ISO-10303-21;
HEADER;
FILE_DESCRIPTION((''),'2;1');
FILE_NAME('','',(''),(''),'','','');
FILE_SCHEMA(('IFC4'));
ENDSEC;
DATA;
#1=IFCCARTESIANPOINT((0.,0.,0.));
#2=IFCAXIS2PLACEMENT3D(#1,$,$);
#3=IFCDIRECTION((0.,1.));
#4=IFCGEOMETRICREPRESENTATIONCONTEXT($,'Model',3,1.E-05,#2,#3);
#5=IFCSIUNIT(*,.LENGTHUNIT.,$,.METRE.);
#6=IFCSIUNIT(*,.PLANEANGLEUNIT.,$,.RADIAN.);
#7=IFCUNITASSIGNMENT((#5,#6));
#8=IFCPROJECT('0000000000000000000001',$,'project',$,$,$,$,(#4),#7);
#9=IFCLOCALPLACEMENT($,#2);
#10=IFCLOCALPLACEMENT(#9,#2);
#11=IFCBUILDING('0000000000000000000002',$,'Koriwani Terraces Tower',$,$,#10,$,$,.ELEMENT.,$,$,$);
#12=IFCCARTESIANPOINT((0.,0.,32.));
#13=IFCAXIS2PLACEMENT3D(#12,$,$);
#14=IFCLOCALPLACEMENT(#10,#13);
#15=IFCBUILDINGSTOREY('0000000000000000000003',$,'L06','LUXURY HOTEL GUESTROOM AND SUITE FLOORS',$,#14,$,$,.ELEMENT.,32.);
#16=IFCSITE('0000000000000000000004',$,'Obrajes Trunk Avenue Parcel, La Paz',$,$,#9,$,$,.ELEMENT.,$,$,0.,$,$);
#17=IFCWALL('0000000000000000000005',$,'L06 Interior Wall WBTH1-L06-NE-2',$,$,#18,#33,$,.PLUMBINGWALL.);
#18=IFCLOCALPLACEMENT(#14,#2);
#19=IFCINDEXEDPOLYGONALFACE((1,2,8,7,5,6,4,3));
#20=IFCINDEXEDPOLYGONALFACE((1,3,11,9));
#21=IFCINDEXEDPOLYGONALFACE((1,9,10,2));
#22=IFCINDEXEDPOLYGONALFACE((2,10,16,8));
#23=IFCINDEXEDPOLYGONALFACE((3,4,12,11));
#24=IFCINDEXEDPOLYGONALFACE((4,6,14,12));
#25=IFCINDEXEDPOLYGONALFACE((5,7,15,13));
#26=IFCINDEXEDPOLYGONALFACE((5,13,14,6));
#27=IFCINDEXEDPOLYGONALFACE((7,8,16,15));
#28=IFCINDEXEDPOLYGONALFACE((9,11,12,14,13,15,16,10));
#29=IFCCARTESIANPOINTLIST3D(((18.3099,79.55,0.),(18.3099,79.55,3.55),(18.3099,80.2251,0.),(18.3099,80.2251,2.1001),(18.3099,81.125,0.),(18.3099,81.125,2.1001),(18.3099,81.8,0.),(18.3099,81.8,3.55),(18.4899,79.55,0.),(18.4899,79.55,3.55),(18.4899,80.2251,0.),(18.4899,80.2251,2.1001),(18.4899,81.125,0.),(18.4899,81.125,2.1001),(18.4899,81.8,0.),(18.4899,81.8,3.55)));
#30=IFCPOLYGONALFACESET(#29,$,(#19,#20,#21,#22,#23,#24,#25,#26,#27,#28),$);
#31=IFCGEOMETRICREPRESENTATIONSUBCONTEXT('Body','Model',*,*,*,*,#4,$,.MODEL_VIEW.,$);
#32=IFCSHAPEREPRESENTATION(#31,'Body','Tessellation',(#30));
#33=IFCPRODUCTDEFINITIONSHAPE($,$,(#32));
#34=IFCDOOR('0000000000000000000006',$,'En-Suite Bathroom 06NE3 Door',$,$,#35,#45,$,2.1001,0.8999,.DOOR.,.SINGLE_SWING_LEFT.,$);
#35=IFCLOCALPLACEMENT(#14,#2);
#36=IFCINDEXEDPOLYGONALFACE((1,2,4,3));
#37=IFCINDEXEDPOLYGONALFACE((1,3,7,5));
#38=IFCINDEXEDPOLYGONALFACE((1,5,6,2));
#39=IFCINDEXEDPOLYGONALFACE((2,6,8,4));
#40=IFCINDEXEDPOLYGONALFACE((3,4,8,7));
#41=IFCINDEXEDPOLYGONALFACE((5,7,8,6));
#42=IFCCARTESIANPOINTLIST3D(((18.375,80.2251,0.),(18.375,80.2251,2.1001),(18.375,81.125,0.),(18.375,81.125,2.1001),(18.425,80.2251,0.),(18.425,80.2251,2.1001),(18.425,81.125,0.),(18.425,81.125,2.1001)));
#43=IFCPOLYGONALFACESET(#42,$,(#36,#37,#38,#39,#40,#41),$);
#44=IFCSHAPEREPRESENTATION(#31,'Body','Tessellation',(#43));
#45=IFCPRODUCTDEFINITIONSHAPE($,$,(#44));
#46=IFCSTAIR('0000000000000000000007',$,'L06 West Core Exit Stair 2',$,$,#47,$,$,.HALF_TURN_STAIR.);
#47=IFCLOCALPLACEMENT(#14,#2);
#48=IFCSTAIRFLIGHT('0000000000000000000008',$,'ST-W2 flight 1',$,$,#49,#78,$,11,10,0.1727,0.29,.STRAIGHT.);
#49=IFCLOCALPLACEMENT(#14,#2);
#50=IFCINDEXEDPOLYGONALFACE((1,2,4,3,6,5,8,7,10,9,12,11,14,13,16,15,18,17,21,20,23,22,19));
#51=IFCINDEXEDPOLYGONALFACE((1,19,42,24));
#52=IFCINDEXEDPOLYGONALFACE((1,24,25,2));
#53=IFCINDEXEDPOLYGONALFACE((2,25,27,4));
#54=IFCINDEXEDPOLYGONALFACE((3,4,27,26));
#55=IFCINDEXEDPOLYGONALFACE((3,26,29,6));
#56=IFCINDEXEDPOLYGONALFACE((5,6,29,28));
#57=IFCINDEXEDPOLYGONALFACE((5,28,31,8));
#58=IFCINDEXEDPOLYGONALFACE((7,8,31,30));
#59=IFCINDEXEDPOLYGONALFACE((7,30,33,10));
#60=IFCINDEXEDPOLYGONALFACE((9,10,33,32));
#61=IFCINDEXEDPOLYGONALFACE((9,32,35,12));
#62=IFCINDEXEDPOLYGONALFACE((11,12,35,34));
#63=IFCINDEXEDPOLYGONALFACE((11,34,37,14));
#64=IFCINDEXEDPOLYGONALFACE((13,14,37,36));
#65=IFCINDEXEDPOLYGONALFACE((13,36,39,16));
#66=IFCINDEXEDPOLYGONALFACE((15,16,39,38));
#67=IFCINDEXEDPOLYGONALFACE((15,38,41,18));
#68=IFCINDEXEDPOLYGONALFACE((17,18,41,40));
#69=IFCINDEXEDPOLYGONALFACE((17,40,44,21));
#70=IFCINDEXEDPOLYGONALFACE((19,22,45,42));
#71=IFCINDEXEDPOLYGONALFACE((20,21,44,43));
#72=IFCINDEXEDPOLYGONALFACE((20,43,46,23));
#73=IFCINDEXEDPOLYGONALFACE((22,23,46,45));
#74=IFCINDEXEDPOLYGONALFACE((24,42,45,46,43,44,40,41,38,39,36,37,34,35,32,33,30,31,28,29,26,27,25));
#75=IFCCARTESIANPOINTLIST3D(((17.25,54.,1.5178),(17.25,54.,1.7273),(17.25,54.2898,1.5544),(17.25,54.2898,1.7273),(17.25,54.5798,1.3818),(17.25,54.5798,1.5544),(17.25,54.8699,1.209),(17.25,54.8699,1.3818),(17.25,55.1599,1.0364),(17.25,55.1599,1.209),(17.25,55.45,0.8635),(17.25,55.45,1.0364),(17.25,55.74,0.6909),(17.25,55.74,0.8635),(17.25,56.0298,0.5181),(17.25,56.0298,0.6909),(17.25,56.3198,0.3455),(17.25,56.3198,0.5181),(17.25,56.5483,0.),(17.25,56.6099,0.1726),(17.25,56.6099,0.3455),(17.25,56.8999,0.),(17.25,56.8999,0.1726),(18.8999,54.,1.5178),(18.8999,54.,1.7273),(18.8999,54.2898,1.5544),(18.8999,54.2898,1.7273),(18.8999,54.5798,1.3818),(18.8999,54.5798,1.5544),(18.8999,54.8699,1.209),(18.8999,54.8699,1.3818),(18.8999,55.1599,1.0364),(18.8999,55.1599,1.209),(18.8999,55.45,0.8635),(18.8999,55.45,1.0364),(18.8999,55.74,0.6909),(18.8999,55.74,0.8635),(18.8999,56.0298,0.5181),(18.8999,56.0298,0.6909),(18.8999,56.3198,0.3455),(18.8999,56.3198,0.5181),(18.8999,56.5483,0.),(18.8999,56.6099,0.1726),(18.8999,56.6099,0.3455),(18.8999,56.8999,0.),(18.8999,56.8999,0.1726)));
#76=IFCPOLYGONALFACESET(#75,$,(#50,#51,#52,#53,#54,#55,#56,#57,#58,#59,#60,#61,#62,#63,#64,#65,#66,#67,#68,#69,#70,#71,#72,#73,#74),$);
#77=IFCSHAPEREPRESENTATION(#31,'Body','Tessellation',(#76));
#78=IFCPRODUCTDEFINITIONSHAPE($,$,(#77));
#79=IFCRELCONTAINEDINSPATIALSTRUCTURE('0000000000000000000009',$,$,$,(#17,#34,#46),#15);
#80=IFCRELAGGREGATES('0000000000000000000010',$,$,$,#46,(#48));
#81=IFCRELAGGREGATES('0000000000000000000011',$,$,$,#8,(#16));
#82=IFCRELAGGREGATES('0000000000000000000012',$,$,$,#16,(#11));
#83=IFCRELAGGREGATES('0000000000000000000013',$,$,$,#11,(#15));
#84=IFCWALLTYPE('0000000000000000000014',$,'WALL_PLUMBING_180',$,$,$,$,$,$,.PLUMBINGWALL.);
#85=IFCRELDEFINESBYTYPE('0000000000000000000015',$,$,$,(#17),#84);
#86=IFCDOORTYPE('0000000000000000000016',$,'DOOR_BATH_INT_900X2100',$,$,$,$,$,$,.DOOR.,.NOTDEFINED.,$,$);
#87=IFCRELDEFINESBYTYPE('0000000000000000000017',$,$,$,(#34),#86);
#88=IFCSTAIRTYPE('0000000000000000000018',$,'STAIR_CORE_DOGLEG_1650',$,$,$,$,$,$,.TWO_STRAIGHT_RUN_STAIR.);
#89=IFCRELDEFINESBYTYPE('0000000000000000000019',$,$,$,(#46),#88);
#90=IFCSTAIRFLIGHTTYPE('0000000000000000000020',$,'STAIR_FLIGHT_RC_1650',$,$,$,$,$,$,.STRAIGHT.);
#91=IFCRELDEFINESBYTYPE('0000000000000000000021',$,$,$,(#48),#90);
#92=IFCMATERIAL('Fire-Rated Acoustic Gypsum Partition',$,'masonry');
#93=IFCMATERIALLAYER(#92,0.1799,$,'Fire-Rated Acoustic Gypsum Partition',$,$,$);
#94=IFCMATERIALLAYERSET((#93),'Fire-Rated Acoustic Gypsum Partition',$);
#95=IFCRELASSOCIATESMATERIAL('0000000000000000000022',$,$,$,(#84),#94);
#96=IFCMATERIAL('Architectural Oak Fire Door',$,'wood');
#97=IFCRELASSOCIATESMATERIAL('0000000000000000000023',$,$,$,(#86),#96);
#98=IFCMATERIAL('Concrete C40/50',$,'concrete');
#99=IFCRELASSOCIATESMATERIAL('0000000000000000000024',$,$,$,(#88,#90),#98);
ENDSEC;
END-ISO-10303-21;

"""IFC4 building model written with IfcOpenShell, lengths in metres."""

from ifc_helpers import new_model, si_unit, direction, frame, frame_2d, origin, place, context, subcontext, project, spatial, polyline, rectangle, outline, extrude, material, layer, layer_set, type_object, element, fill, aggregate, save


model = new_model("IFC4")

# Units and contexts
model_context = context("Model", 3, precision=1e-05, world=origin(), true_north=direction((0.0, 1.0)))
body_context = subcontext(model_context, "Body", "Model", "MODEL_VIEW")
ifc_project = project(units=[si_unit("LENGTHUNIT", "METRE"), si_unit("PLANEANGLEUNIT", "RADIAN")], contexts=[model_context])

# Site, building, storey
site_placement = place(None, origin())
site = spatial("IfcSite", under=ifc_project, at=site_placement, Name="Obrajes Trunk Avenue Parcel, La Paz", CompositionType="ELEMENT", RefElevation=0.0)
building_placement = place(site_placement, origin())
building = spatial("IfcBuilding", under=site, at=building_placement, Name="Koriwani Terraces Tower", CompositionType="ELEMENT")
storey_placement = place(building_placement, frame((0.0, 0.0, 32.0)))
storey = spatial("IfcBuildingStorey", under=building, at=storey_placement, Name="L06", Description="LUXURY HOTEL GUESTROOM AND SUITE FLOORS", CompositionType="ELEMENT", Elevation=32.0)

# Shared definitions
ifc_material_1 = material(Name="Concrete C40/50", Category="concrete")

# Wall, opening, door
ifc_material_2 = material(Name="Fire-Rated Acoustic Gypsum Partition", Category="masonry")
ifc_layer_1 = layer(ifc_material_2, 0.1799, Name="Fire-Rated Acoustic Gypsum Partition")
ifc_layer_set_1 = layer_set([ifc_layer_1], Name="Fire-Rated Acoustic Gypsum Partition")
wall_type_1 = type_object("IfcWallType", Name="WALL_PLUMBING_180", PredefinedType="PLUMBINGWALL", material=ifc_layer_set_1)
ifc_material_3 = material(Name="Architectural Oak Fire Door", Category="wood")
door_type_1 = type_object("IfcDoorType", Name="DOOR_BATH_INT_900X2100", OperationType="NOTDEFINED", PredefinedType="DOOR", material=ifc_material_3)
wall_1_placement = place(storey_placement, frame((18.3999, 79.55, 0.0), z_axis=(0.0, 0.0, 1.0), x_axis=(0.0, 1.0, 0.0)))
wall_1 = element("IfcWall", 1, at=wall_1_placement, inside=storey, type_object=wall_type_1, Name="L06 Interior Wall WBTH1-L06-NE-2", PredefinedType="PLUMBINGWALL", context=body_context, shape_type="SweptSolid", body=[
    extrude(rectangle(XDim=2.25, YDim=0.1799, at=frame_2d((1.125, 0.0))), origin(), (0.0, 0.0, 1.0), 3.55),
])
opening_1_placement = place(wall_1_placement, frame((0.675, 0.0, 0.0)))
opening_1 = element("IfcOpeningElement", 2, at=opening_1_placement, cuts=wall_1, PredefinedType="OPENING", context=body_context, shape_type="SweptSolid", body=[
    extrude(rectangle(XDim=0.8999, YDim=2.1001, at=frame_2d((0.45, 1.05))), frame((0.0, 0.1001, 0.0), z_axis=(0.0, -1.0, 0.0), x_axis=(1.0, 0.0, 0.0)), (0.0, 0.0, 1.0), 0.2),
])
door_1_placement = place(opening_1_placement, origin())
door_1 = element("IfcDoor", 3, at=door_1_placement, inside=storey, type_object=door_type_1, Name="En-Suite Bathroom 06NE3 Door", OperationType="SINGLE_SWING_LEFT", OverallHeight=2.1001, OverallWidth=0.8999, PredefinedType="DOOR", context=body_context, shape_type="SweptSolid", body=[
    extrude(rectangle(XDim=0.8999, YDim=2.1001, at=frame_2d((0.45, 1.05))), frame((0.0, 0.0249, 0.0), z_axis=(0.0, -1.0, 0.0), x_axis=(1.0, 0.0, 0.0)), (0.0, 0.0, 1.0), 0.05),
])
fill(opening_1, door_1)

# Stair, stair flight
stair_type = type_object("IfcStairType", Name="STAIR_CORE_DOGLEG_1650", PredefinedType="TWO_STRAIGHT_RUN_STAIR", material=ifc_material_1)
stair_placement = place(storey_placement, origin())
stair = element("IfcStair", 4, at=stair_placement, inside=storey, type_object=stair_type, Name="L06 West Core Exit Stair 2", PredefinedType="HALF_TURN_STAIR")
stair_flight_type = type_object("IfcStairFlightType", Name="STAIR_FLIGHT_RC_1650", PredefinedType="STRAIGHT", material=ifc_material_1)
stair_flight_placement = place(storey_placement, frame((18.075, 56.8999, 0.0), z_axis=(0.0, 0.0, 1.0), x_axis=(0.0, -1.0, 0.0)))
stair_flight = element("IfcStairFlight", 5, at=stair_flight_placement, type_object=stair_flight_type, Name="ST-W2 flight 1", NumberOfRisers=11, NumberOfTreads=10, PredefinedType="STRAIGHT", RiserHeight=0.1727, TreadLength=0.29, context=body_context, shape_type="SweptSolid", body=[
    extrude(outline(polyline([(0.0, 0.0), (0.0, 0.1726), (0.29, 0.1726), (0.29, 0.3455), (0.5801, 0.3455), (0.5801, 0.5181), (0.8701, 0.5181), (0.8701, 0.6909), (1.1599, 0.6909), (1.1599, 0.8635), (1.45, 0.8635), (1.45, 1.0364), (1.74, 1.0364), (1.74, 1.209), (2.03, 1.209), (2.03, 1.3818), (2.3201, 1.3818), (2.3201, 1.5544), (2.6101, 1.5544), (2.6101, 1.7273), (2.8999, 1.7273), (2.8999, 1.8999), (2.8999, 1.5178), (0.3516, 0.0), (0.0, 0.0)])), frame((0.0, 0.825, 0.0), z_axis=(0.0, -1.0, 0.0), x_axis=(1.0, 0.0, 0.0)), (0.0, 0.0, 1.0), 1.6499),
])
aggregate(stair, [stair_flight])

save(model, "model.ifc")
